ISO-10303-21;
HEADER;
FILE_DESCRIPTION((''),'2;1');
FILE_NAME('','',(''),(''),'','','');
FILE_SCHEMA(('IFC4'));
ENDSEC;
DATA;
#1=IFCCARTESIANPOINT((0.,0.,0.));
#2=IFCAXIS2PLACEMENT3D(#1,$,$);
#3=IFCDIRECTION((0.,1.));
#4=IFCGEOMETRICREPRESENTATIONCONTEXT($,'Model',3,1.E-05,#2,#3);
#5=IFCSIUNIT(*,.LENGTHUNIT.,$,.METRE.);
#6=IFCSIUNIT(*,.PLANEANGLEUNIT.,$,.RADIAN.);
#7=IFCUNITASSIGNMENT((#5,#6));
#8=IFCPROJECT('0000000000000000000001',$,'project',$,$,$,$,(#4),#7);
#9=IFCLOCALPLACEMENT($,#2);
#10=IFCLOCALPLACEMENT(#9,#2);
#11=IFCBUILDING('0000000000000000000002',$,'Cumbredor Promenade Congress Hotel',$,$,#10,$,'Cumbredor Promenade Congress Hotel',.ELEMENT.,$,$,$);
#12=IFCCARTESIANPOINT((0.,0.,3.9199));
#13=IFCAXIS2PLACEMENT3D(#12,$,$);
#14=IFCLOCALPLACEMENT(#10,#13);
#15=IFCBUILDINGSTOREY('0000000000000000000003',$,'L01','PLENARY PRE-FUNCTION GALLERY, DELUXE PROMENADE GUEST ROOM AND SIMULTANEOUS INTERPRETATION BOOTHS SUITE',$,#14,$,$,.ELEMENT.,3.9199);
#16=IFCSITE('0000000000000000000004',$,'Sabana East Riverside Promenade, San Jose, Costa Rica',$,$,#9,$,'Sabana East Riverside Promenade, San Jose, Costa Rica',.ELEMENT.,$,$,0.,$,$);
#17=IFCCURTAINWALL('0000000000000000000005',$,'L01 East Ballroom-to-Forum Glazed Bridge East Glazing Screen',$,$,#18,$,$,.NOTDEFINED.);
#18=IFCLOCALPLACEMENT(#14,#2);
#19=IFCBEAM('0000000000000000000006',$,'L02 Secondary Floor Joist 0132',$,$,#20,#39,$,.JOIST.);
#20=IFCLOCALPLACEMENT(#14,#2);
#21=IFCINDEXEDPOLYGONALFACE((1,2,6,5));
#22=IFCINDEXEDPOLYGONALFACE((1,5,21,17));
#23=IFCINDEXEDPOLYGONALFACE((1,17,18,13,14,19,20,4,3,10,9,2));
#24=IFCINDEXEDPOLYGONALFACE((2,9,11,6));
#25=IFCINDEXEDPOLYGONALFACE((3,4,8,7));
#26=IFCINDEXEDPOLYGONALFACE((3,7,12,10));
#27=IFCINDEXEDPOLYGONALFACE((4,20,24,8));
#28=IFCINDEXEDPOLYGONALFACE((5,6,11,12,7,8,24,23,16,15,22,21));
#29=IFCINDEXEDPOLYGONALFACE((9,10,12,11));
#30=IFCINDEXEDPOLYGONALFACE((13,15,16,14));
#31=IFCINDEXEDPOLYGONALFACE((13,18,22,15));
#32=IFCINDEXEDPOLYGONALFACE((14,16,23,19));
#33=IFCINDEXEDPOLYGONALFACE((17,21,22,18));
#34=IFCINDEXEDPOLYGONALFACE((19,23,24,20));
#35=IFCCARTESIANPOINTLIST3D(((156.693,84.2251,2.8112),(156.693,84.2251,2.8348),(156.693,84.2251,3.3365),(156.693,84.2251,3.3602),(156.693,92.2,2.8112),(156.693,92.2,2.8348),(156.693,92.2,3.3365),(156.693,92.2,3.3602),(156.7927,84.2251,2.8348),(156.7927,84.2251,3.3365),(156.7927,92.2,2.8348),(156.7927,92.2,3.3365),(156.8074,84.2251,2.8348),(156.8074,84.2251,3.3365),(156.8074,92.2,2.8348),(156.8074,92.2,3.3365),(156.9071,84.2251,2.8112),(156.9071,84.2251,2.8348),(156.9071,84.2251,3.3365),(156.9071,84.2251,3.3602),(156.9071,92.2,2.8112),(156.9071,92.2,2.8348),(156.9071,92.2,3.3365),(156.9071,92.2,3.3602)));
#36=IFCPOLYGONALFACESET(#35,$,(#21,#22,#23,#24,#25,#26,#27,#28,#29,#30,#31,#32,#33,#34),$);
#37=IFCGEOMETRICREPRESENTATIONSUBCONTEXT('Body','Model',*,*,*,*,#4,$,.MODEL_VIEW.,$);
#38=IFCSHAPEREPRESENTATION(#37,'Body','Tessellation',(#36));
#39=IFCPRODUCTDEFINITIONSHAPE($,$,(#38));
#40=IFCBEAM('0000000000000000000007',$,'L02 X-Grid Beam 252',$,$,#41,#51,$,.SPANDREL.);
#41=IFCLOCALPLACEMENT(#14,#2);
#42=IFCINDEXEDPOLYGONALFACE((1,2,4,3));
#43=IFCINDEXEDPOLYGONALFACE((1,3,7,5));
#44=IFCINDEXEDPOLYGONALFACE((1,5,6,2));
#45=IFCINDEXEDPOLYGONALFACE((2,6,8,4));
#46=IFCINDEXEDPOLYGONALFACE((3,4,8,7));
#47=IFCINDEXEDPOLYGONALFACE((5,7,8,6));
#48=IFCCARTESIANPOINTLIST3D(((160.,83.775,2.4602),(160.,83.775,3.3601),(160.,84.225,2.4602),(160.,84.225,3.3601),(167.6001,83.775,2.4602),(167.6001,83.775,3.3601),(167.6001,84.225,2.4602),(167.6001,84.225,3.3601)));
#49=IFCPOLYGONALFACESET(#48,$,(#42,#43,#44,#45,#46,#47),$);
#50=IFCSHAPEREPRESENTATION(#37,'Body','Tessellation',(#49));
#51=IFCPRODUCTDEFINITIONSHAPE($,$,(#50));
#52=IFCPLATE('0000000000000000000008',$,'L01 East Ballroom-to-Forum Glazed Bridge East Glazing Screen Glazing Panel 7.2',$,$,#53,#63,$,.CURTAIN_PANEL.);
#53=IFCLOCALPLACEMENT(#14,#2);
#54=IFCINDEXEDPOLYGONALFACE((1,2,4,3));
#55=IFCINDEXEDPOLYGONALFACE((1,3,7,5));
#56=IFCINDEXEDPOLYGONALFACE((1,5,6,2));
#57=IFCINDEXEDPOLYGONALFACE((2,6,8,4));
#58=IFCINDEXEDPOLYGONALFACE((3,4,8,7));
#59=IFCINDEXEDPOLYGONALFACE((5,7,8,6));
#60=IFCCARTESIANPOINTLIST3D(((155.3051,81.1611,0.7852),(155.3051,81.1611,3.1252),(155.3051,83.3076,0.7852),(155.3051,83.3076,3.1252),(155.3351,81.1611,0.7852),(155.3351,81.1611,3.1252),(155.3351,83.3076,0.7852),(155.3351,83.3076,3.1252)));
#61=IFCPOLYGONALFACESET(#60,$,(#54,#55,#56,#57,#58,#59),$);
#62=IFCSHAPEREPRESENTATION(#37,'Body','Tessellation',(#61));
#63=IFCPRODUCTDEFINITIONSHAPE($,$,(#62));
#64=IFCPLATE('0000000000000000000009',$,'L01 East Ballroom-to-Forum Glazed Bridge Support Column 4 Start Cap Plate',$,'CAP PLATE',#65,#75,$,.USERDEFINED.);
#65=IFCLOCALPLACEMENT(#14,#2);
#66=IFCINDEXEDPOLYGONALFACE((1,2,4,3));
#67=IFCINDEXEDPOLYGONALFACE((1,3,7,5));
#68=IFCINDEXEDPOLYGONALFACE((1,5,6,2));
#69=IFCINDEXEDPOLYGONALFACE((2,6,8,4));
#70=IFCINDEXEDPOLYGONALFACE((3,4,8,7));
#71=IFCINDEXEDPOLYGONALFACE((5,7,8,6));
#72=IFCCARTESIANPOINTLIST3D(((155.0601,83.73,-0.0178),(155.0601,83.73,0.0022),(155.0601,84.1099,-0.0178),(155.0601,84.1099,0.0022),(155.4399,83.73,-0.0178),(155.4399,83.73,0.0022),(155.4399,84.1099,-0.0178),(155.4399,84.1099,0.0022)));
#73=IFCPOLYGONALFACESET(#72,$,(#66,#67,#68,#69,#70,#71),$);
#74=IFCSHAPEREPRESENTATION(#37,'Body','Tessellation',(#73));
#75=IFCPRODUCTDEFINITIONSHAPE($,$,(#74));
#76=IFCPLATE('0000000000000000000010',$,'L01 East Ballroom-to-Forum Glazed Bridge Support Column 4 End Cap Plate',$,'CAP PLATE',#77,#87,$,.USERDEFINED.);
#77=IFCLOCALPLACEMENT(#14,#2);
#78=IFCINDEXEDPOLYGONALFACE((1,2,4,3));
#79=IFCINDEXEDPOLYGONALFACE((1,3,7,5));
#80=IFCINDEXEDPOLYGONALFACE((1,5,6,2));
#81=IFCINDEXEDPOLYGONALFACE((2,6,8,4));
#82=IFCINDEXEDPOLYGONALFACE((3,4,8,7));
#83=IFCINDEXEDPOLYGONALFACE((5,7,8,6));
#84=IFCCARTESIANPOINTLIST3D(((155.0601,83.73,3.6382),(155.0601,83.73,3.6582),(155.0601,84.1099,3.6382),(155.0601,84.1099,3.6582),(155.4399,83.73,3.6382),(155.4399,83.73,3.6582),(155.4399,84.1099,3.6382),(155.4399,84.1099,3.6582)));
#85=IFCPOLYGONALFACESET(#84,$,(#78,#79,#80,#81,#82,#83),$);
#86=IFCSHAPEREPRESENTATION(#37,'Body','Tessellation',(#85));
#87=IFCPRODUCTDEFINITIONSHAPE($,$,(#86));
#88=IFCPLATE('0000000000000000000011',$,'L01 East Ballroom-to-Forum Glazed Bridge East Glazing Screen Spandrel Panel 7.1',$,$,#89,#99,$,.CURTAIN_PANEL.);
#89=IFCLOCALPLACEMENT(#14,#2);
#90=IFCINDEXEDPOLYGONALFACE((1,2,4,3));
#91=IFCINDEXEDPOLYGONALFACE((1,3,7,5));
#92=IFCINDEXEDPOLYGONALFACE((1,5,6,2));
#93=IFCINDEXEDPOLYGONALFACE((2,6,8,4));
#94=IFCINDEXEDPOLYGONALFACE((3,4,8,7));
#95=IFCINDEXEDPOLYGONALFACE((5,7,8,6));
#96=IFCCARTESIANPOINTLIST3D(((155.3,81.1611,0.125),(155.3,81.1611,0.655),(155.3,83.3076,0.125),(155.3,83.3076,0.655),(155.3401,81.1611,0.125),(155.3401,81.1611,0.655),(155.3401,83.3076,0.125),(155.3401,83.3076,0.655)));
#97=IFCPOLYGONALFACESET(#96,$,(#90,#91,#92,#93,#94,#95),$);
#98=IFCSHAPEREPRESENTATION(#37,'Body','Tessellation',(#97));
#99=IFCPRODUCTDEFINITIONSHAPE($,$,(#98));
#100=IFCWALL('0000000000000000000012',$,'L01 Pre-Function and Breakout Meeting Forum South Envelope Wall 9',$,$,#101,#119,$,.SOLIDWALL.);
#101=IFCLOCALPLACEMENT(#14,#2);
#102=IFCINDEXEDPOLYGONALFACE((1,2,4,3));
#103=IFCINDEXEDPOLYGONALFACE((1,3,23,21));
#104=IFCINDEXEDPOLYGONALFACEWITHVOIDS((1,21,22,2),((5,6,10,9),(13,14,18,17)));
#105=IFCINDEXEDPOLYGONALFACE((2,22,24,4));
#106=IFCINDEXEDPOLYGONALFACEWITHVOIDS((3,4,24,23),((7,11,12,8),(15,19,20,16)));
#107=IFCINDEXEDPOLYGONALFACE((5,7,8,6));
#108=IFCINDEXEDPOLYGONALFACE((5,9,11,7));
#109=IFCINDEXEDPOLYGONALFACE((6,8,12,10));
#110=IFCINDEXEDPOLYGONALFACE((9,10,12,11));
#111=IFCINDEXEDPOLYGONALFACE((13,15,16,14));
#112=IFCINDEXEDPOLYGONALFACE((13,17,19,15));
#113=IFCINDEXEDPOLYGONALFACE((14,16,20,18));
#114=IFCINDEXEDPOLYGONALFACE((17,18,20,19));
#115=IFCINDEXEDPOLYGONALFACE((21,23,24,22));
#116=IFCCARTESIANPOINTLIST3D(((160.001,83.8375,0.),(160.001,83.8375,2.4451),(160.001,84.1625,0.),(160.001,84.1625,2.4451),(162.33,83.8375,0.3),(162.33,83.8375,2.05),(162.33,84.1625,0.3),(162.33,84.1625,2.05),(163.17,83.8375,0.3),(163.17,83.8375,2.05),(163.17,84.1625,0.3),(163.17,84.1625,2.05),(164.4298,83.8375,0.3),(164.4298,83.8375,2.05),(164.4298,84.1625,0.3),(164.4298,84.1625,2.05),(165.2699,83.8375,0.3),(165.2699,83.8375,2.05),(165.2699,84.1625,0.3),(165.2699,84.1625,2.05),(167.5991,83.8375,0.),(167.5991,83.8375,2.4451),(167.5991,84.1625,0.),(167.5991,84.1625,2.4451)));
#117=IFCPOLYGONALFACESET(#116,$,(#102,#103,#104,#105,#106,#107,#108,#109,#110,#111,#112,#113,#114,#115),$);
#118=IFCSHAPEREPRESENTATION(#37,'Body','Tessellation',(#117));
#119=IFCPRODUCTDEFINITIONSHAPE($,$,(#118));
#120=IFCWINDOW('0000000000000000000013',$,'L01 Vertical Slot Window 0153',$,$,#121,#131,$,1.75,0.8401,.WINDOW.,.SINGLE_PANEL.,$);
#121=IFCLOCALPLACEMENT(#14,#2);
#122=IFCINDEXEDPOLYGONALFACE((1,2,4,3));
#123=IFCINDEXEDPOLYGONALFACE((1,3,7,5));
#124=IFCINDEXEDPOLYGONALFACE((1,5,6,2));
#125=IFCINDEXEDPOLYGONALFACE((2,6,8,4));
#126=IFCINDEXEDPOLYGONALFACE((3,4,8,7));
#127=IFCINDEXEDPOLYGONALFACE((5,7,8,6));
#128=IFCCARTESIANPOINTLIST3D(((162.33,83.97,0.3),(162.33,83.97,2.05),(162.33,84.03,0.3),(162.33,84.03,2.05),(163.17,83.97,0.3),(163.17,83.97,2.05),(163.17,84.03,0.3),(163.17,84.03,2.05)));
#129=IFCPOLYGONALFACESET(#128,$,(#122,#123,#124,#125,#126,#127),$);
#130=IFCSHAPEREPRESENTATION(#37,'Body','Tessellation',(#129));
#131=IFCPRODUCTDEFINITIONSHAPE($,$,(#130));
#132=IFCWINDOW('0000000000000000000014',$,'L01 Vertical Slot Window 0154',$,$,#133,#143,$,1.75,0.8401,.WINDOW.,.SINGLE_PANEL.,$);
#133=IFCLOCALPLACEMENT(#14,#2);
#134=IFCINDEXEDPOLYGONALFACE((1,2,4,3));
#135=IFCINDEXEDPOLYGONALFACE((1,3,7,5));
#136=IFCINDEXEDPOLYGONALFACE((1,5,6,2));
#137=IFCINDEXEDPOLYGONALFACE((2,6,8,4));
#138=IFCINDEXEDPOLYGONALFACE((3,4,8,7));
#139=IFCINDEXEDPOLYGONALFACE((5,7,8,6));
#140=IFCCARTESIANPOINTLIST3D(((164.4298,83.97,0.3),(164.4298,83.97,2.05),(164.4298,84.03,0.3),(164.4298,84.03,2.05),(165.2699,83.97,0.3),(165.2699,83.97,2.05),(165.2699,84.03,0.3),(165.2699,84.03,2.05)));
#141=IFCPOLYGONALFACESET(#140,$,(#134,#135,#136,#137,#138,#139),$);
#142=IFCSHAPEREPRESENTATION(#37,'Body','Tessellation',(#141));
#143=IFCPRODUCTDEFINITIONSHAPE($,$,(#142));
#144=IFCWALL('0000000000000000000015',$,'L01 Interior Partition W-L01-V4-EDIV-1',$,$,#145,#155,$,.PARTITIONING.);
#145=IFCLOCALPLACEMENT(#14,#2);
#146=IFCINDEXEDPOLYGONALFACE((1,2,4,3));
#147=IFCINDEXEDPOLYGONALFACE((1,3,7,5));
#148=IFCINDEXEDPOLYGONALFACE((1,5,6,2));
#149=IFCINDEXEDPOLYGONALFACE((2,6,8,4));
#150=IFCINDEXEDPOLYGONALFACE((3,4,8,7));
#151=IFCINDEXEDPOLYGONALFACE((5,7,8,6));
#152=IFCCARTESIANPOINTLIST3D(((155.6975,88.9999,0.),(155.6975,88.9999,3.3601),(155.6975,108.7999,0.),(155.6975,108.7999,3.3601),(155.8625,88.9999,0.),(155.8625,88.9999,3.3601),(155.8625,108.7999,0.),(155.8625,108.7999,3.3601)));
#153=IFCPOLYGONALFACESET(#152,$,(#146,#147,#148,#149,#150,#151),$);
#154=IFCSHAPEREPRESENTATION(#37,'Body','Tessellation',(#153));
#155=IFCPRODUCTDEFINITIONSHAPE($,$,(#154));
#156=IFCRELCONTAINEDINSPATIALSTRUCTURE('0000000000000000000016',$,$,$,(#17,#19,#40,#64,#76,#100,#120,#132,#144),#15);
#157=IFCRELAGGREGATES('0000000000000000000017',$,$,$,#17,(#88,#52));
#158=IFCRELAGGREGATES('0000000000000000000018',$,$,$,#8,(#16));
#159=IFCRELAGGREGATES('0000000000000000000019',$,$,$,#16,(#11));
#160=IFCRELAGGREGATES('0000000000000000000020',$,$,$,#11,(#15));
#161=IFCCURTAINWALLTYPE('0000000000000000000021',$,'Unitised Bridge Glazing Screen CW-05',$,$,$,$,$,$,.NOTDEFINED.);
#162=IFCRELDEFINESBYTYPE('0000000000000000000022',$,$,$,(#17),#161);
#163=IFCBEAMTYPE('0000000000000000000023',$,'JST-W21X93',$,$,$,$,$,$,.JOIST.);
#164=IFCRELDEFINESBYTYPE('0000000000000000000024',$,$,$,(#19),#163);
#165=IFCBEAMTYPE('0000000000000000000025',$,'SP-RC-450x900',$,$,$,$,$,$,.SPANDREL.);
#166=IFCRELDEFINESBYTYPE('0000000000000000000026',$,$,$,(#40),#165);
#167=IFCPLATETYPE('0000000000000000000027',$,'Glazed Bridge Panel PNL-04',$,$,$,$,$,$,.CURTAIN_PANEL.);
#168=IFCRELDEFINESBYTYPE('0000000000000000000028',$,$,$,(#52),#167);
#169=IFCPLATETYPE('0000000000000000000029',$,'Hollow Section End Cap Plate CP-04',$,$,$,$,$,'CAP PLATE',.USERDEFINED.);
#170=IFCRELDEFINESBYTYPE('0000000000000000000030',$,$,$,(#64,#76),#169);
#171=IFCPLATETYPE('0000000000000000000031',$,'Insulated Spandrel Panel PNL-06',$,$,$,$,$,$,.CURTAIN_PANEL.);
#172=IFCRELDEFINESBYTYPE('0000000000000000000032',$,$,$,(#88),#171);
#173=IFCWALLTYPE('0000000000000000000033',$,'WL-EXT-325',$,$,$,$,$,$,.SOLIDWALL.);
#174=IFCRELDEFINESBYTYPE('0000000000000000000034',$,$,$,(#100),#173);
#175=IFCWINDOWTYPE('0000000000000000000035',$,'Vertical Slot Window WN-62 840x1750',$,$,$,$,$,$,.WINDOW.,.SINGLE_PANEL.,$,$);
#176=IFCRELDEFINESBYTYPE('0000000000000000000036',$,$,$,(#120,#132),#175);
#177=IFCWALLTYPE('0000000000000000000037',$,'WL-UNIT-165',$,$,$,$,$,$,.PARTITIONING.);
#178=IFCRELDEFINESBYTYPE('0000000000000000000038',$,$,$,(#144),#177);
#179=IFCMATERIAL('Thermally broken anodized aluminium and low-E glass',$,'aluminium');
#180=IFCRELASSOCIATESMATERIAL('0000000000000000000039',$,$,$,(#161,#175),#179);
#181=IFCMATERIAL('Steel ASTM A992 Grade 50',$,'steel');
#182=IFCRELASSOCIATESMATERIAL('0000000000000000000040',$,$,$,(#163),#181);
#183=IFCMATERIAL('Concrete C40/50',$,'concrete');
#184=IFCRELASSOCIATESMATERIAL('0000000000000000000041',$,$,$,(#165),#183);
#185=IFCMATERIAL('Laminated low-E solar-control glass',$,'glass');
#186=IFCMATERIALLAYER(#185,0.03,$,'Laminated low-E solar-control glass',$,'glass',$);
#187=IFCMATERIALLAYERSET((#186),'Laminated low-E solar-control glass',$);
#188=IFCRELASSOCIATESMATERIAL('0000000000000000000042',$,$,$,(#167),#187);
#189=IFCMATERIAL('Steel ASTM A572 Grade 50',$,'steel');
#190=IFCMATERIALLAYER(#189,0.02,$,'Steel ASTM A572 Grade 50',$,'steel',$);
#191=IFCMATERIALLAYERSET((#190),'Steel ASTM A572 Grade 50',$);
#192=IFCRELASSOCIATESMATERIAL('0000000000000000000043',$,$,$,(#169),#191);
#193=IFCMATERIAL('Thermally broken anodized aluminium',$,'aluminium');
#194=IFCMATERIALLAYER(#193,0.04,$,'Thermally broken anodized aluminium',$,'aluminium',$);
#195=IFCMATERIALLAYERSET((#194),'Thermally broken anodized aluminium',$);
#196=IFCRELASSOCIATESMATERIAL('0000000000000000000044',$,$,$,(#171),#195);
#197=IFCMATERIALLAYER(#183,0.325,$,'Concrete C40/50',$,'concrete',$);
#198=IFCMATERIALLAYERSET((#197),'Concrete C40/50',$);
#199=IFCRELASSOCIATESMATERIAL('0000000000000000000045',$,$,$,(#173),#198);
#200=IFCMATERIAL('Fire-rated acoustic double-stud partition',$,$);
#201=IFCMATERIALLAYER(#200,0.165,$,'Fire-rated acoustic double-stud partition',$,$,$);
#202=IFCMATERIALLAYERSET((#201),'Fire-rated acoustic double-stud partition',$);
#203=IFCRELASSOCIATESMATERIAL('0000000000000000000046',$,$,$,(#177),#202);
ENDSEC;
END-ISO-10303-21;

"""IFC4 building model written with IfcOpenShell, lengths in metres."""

from ifc_helpers import new_model, si_unit, direction, frame, frame_2d, origin, origin_2d, place, context, subcontext, project, spatial, rectangle, i_section, extrude, material, layer, layer_set, material_profile, profile_set, type_object, element, fill, aggregate, save


model = new_model("IFC4")

# Units and contexts
model_context = context("Model", 3, precision=1e-05, world=origin(), true_north=direction((0.0, 1.0)))
body_context = subcontext(model_context, "Body", "Model", "MODEL_VIEW")
ifc_project = project(units=[si_unit("LENGTHUNIT", "METRE"), si_unit("PLANEANGLEUNIT", "RADIAN")], contexts=[model_context])

# Site, building, storey
site_placement = place(None, origin())
site = spatial("IfcSite", under=ifc_project, at=site_placement, Name="Sabana East Riverside Promenade, San Jose, Costa Rica", LongName="Sabana East Riverside Promenade, San Jose, Costa Rica", CompositionType="ELEMENT", RefElevation=0.0)
building_placement = place(site_placement, origin())
building = spatial("IfcBuilding", under=site, at=building_placement, Name="Cumbredor Promenade Congress Hotel", LongName="Cumbredor Promenade Congress Hotel", CompositionType="ELEMENT")
storey_placement = place(building_placement, frame((0.0, 0.0, 3.9199)))
storey = spatial("IfcBuildingStorey", under=building, at=storey_placement, Name="L01", Description="PLENARY PRE-FUNCTION GALLERY, DELUXE PROMENADE GUEST ROOM AND SIMULTANEOUS INTERPRETATION BOOTHS SUITE", CompositionType="ELEMENT", Elevation=3.9199)

# Shared definitions
ifc_material_1 = material(Name="Concrete C40/50", Category="concrete")

# Curtain wall
ifc_material_2 = material(Name="Thermally broken anodized aluminium and low-E glass", Category="aluminium")
curtain_wall_type = type_object("IfcCurtainWallType", Name="Unitised Bridge Glazing Screen CW-05", PredefinedType="NOTDEFINED", material=ifc_material_2)
curtain_wall_placement = place(storey_placement, origin())
curtain_wall = element("IfcCurtainWall", 1, at=curtain_wall_placement, inside=storey, type_object=curtain_wall_type, Name="L01 East Ballroom-to-Forum Glazed Bridge East Glazing Screen", PredefinedType="NOTDEFINED")
ifc_material_3 = material(Name="Thermally broken anodized aluminium", Category="aluminium")

# Beams
ifc_material_4 = material(Name="Steel ASTM A992 Grade 50", Category="steel")
ifc_material_profile_1 = material_profile(ifc_material_4, i_section(OverallWidth=0.2141, OverallDepth=0.5491, WebThickness=0.0146, FlangeThickness=0.0237, at=origin_2d()), Name="W21X93")
ifc_profile_set_1 = profile_set([ifc_material_profile_1], Name="Steel ASTM A992 Grade 50")
beam_type_1 = type_object("IfcBeamType", Name="JST-W21X93", PredefinedType="JOIST", material=ifc_profile_set_1)
beam_1_placement = place(storey_placement, frame((156.8, 84.2251, 3.0857), z_axis=(0.0, 1.0, 0.0), x_axis=(-1.0, 0.0, 0.0)))
element("IfcBeam", 2, at=beam_1_placement, inside=storey, type_object=beam_type_1, Name="L02 Secondary Floor Joist 0132", PredefinedType="JOIST", context=body_context, shape_type="SweptSolid", body=[
    extrude(i_section(OverallWidth=0.2141, OverallDepth=0.5491, WebThickness=0.0146, FlangeThickness=0.0237, at=origin_2d()), origin(), (0.0, 0.0, 1.0), 7.9749),
])
ifc_material_profile_2 = material_profile(ifc_material_1, rectangle(XDim=0.45, YDim=0.8999, at=origin_2d()), Name="RC SPANDREL 450x900")
ifc_profile_set_2 = profile_set([ifc_material_profile_2], Name="Concrete C40/50")
beam_type_2 = type_object("IfcBeamType", Name="SP-RC-450x900", PredefinedType="SPANDREL", material=ifc_profile_set_2)
beam_2_placement = place(storey_placement, frame((160.0, 84.0, 2.9102), z_axis=(1.0, 0.0, 0.0), x_axis=(0.0, 1.0, 0.0)))
element("IfcBeam", 3, at=beam_2_placement, inside=storey, type_object=beam_type_2, Name="L02 X-Grid Beam 252", PredefinedType="SPANDREL", context=body_context, shape_type="SweptSolid", body=[
    extrude(rectangle(XDim=0.45, YDim=0.8999, at=origin_2d()), origin(), (0.0, 0.0, 1.0), 7.6001),
])

# Plate
ifc_material_5 = material(Name="Laminated low-E solar-control glass", Category="glass")
ifc_layer_1 = layer(ifc_material_5, 0.03, Name="Laminated low-E solar-control glass", Category="glass")
ifc_layer_set_1 = layer_set([ifc_layer_1], Name="Laminated low-E solar-control glass")
plate_type_1 = type_object("IfcPlateType", Name="Glazed Bridge Panel PNL-04", PredefinedType="CURTAIN_PANEL", material=ifc_layer_set_1)
plate_1_placement = place(storey_placement, frame((155.3201, 82.2344, 0.7852), z_axis=(0.0, 0.0, 1.0), x_axis=(0.0, 1.0, 0.0)))
plate_1 = element("IfcPlate", 4, at=plate_1_placement, type_object=plate_type_1, Name="L01 East Ballroom-to-Forum Glazed Bridge East Glazing Screen Glazing Panel 7.2", PredefinedType="CURTAIN_PANEL", context=body_context, shape_type="SweptSolid", body=[
    extrude(rectangle(XDim=2.1465, YDim=0.03, at=origin_2d()), origin(), (0.0, 0.0, 1.0), 2.3401),
])

# Plates
ifc_material_6 = material(Name="Steel ASTM A572 Grade 50", Category="steel")
ifc_layer_2 = layer(ifc_material_6, 0.02, Name="Steel ASTM A572 Grade 50", Category="steel")
ifc_layer_set_2 = layer_set([ifc_layer_2], Name="Steel ASTM A572 Grade 50")
plate_type_2 = type_object("IfcPlateType", Name="Hollow Section End Cap Plate CP-04", ElementType="CAP PLATE", PredefinedType="USERDEFINED", material=ifc_layer_set_2)
for number, where, z_axis, x_axis, name in (
    (5, (155.25, 83.9199, -0.0178), (0.0, 0.0, 1.0), (1.0, 0.0, 0.0), "L01 East Ballroom-to-Forum Glazed Bridge Support Column 4 Start Cap Plate"),
    (6, (155.25, 83.9199, 3.6382), (0.0, 0.0, 1.0), (1.0, 0.0, 0.0), "L01 East Ballroom-to-Forum Glazed Bridge Support Column 4 End Cap Plate"),
):
    element("IfcPlate", number, at=place(storey_placement, frame(where, z_axis=z_axis, x_axis=x_axis)), inside=storey, type_object=plate_type_2, Name=name, ObjectType="CAP PLATE", PredefinedType="USERDEFINED", context=body_context, shape_type="SweptSolid", body=[
        extrude(rectangle(XDim=0.3799, YDim=0.3799, at=origin_2d()), origin(), (0.0, 0.0, 1.0), 0.02),
    ])

# Plate
ifc_layer_3 = layer(ifc_material_3, 0.04, Name="Thermally broken anodized aluminium", Category="aluminium")
ifc_layer_set_3 = layer_set([ifc_layer_3], Name="Thermally broken anodized aluminium")
plate_type_3 = type_object("IfcPlateType", Name="Insulated Spandrel Panel PNL-06", PredefinedType="CURTAIN_PANEL", material=ifc_layer_set_3)
plate_2_placement = place(storey_placement, frame((155.3201, 82.2344, 0.125), z_axis=(0.0, 0.0, 1.0), x_axis=(0.0, 1.0, 0.0)))
plate_2 = element("IfcPlate", 7, at=plate_2_placement, type_object=plate_type_3, Name="L01 East Ballroom-to-Forum Glazed Bridge East Glazing Screen Spandrel Panel 7.1", PredefinedType="CURTAIN_PANEL", context=body_context, shape_type="SweptSolid", body=[
    extrude(rectangle(XDim=2.1465, YDim=0.04, at=origin_2d()), origin(), (0.0, 0.0, 1.0), 0.53),
])
aggregate(curtain_wall, [plate_2, plate_1])

# Wall, openings, windows
ifc_layer_4 = layer(ifc_material_1, 0.325, Name="Concrete C40/50", Category="concrete")
ifc_layer_set_4 = layer_set([ifc_layer_4], Name="Concrete C40/50")
wall_type_1 = type_object("IfcWallType", Name="WL-EXT-325", PredefinedType="SOLIDWALL", material=ifc_layer_set_4)
wall_1_placement = place(storey_placement, frame((160.001, 84.0, 0.0), z_axis=(0.0, 0.0, 1.0), x_axis=(1.0, 0.0, 0.0)))
wall_1 = element("IfcWall", 8, at=wall_1_placement, inside=storey, type_object=wall_type_1, Name="L01 Pre-Function and Breakout Meeting Forum South Envelope Wall 9", PredefinedType="SOLIDWALL", context=body_context, shape_type="SweptSolid", body=[
    extrude(rectangle(XDim=7.5981, YDim=0.325, at=frame_2d((3.7991, 0.0))), origin(), (0.0, 0.0, 1.0), 2.4451),
])
opening_1_placement = place(wall_1_placement, frame((2.3291, 0.0, 0.3)))
opening_1 = element("IfcOpeningElement", 9, at=opening_1_placement, cuts=wall_1, PredefinedType="OPENING", context=body_context, shape_type="SweptSolid", body=[
    extrude(rectangle(XDim=0.8401, YDim=1.75, at=frame_2d((0.4199, 0.875))), frame((0.0, 0.1724, 0.0), z_axis=(0.0, -1.0, 0.0), x_axis=(1.0, 0.0, 0.0)), (0.0, 0.0, 1.0), 0.345),
])
opening_2_placement = place(wall_1_placement, frame((4.429, 0.0, 0.3)))
opening_2 = element("IfcOpeningElement", 10, at=opening_2_placement, cuts=wall_1, PredefinedType="OPENING", context=body_context, shape_type="SweptSolid", body=[
    extrude(rectangle(XDim=0.8401, YDim=1.75, at=frame_2d((0.4199, 0.875))), frame((0.0, 0.1724, 0.0), z_axis=(0.0, -1.0, 0.0), x_axis=(1.0, 0.0, 0.0)), (0.0, 0.0, 1.0), 0.345),
])
window_type = type_object("IfcWindowType", Name="Vertical Slot Window WN-62 840x1750", PartitioningType="SINGLE_PANEL", PredefinedType="WINDOW", material=ifc_material_2)
window_1_placement = place(opening_1_placement, origin())
window_1 = element("IfcWindow", 11, at=window_1_placement, inside=storey, type_object=window_type, Name="L01 Vertical Slot Window 0153", OverallHeight=1.75, OverallWidth=0.8401, PartitioningType="SINGLE_PANEL", PredefinedType="WINDOW", context=body_context, shape_type="SweptSolid", body=[
    extrude(rectangle(XDim=0.8401, YDim=1.75, at=frame_2d((0.4199, 0.875))), frame((0.0, 0.03, 0.0), z_axis=(0.0, -1.0, 0.0), x_axis=(1.0, 0.0, 0.0)), (0.0, 0.0, 1.0), 0.0601),
])
fill(opening_1, window_1)
window_2_placement = place(opening_2_placement, origin())
window_2 = element("IfcWindow", 12, at=window_2_placement, inside=storey, type_object=window_type, Name="L01 Vertical Slot Window 0154", OverallHeight=1.75, OverallWidth=0.8401, PartitioningType="SINGLE_PANEL", PredefinedType="WINDOW", context=body_context, shape_type="SweptSolid", body=[
    extrude(rectangle(XDim=0.8401, YDim=1.75, at=frame_2d((0.4199, 0.875))), frame((0.0, 0.03, 0.0), z_axis=(0.0, -1.0, 0.0), x_axis=(1.0, 0.0, 0.0)), (0.0, 0.0, 1.0), 0.0601),
])
fill(opening_2, window_2)

# Wall
ifc_material_7 = material(Name="Fire-rated acoustic double-stud partition")
ifc_layer_5 = layer(ifc_material_7, 0.165, Name="Fire-rated acoustic double-stud partition")
ifc_layer_set_5 = layer_set([ifc_layer_5], Name="Fire-rated acoustic double-stud partition")
wall_type_2 = type_object("IfcWallType", Name="WL-UNIT-165", PredefinedType="PARTITIONING", material=ifc_layer_set_5)
wall_2_placement = place(storey_placement, frame((155.78, 89.0, 0.0), z_axis=(0.0, 0.0, 1.0), x_axis=(0.0, 1.0, 0.0)))
element("IfcWall", 13, at=wall_2_placement, inside=storey, type_object=wall_type_2, Name="L01 Interior Partition W-L01-V4-EDIV-1", PredefinedType="PARTITIONING", context=body_context, shape_type="SweptSolid", body=[
    extrude(rectangle(XDim=19.8, YDim=0.165, at=frame_2d((9.8999, 0.0))), origin(), (0.0, 0.0, 1.0), 3.3601),
])

save(model, "model.ifc")
